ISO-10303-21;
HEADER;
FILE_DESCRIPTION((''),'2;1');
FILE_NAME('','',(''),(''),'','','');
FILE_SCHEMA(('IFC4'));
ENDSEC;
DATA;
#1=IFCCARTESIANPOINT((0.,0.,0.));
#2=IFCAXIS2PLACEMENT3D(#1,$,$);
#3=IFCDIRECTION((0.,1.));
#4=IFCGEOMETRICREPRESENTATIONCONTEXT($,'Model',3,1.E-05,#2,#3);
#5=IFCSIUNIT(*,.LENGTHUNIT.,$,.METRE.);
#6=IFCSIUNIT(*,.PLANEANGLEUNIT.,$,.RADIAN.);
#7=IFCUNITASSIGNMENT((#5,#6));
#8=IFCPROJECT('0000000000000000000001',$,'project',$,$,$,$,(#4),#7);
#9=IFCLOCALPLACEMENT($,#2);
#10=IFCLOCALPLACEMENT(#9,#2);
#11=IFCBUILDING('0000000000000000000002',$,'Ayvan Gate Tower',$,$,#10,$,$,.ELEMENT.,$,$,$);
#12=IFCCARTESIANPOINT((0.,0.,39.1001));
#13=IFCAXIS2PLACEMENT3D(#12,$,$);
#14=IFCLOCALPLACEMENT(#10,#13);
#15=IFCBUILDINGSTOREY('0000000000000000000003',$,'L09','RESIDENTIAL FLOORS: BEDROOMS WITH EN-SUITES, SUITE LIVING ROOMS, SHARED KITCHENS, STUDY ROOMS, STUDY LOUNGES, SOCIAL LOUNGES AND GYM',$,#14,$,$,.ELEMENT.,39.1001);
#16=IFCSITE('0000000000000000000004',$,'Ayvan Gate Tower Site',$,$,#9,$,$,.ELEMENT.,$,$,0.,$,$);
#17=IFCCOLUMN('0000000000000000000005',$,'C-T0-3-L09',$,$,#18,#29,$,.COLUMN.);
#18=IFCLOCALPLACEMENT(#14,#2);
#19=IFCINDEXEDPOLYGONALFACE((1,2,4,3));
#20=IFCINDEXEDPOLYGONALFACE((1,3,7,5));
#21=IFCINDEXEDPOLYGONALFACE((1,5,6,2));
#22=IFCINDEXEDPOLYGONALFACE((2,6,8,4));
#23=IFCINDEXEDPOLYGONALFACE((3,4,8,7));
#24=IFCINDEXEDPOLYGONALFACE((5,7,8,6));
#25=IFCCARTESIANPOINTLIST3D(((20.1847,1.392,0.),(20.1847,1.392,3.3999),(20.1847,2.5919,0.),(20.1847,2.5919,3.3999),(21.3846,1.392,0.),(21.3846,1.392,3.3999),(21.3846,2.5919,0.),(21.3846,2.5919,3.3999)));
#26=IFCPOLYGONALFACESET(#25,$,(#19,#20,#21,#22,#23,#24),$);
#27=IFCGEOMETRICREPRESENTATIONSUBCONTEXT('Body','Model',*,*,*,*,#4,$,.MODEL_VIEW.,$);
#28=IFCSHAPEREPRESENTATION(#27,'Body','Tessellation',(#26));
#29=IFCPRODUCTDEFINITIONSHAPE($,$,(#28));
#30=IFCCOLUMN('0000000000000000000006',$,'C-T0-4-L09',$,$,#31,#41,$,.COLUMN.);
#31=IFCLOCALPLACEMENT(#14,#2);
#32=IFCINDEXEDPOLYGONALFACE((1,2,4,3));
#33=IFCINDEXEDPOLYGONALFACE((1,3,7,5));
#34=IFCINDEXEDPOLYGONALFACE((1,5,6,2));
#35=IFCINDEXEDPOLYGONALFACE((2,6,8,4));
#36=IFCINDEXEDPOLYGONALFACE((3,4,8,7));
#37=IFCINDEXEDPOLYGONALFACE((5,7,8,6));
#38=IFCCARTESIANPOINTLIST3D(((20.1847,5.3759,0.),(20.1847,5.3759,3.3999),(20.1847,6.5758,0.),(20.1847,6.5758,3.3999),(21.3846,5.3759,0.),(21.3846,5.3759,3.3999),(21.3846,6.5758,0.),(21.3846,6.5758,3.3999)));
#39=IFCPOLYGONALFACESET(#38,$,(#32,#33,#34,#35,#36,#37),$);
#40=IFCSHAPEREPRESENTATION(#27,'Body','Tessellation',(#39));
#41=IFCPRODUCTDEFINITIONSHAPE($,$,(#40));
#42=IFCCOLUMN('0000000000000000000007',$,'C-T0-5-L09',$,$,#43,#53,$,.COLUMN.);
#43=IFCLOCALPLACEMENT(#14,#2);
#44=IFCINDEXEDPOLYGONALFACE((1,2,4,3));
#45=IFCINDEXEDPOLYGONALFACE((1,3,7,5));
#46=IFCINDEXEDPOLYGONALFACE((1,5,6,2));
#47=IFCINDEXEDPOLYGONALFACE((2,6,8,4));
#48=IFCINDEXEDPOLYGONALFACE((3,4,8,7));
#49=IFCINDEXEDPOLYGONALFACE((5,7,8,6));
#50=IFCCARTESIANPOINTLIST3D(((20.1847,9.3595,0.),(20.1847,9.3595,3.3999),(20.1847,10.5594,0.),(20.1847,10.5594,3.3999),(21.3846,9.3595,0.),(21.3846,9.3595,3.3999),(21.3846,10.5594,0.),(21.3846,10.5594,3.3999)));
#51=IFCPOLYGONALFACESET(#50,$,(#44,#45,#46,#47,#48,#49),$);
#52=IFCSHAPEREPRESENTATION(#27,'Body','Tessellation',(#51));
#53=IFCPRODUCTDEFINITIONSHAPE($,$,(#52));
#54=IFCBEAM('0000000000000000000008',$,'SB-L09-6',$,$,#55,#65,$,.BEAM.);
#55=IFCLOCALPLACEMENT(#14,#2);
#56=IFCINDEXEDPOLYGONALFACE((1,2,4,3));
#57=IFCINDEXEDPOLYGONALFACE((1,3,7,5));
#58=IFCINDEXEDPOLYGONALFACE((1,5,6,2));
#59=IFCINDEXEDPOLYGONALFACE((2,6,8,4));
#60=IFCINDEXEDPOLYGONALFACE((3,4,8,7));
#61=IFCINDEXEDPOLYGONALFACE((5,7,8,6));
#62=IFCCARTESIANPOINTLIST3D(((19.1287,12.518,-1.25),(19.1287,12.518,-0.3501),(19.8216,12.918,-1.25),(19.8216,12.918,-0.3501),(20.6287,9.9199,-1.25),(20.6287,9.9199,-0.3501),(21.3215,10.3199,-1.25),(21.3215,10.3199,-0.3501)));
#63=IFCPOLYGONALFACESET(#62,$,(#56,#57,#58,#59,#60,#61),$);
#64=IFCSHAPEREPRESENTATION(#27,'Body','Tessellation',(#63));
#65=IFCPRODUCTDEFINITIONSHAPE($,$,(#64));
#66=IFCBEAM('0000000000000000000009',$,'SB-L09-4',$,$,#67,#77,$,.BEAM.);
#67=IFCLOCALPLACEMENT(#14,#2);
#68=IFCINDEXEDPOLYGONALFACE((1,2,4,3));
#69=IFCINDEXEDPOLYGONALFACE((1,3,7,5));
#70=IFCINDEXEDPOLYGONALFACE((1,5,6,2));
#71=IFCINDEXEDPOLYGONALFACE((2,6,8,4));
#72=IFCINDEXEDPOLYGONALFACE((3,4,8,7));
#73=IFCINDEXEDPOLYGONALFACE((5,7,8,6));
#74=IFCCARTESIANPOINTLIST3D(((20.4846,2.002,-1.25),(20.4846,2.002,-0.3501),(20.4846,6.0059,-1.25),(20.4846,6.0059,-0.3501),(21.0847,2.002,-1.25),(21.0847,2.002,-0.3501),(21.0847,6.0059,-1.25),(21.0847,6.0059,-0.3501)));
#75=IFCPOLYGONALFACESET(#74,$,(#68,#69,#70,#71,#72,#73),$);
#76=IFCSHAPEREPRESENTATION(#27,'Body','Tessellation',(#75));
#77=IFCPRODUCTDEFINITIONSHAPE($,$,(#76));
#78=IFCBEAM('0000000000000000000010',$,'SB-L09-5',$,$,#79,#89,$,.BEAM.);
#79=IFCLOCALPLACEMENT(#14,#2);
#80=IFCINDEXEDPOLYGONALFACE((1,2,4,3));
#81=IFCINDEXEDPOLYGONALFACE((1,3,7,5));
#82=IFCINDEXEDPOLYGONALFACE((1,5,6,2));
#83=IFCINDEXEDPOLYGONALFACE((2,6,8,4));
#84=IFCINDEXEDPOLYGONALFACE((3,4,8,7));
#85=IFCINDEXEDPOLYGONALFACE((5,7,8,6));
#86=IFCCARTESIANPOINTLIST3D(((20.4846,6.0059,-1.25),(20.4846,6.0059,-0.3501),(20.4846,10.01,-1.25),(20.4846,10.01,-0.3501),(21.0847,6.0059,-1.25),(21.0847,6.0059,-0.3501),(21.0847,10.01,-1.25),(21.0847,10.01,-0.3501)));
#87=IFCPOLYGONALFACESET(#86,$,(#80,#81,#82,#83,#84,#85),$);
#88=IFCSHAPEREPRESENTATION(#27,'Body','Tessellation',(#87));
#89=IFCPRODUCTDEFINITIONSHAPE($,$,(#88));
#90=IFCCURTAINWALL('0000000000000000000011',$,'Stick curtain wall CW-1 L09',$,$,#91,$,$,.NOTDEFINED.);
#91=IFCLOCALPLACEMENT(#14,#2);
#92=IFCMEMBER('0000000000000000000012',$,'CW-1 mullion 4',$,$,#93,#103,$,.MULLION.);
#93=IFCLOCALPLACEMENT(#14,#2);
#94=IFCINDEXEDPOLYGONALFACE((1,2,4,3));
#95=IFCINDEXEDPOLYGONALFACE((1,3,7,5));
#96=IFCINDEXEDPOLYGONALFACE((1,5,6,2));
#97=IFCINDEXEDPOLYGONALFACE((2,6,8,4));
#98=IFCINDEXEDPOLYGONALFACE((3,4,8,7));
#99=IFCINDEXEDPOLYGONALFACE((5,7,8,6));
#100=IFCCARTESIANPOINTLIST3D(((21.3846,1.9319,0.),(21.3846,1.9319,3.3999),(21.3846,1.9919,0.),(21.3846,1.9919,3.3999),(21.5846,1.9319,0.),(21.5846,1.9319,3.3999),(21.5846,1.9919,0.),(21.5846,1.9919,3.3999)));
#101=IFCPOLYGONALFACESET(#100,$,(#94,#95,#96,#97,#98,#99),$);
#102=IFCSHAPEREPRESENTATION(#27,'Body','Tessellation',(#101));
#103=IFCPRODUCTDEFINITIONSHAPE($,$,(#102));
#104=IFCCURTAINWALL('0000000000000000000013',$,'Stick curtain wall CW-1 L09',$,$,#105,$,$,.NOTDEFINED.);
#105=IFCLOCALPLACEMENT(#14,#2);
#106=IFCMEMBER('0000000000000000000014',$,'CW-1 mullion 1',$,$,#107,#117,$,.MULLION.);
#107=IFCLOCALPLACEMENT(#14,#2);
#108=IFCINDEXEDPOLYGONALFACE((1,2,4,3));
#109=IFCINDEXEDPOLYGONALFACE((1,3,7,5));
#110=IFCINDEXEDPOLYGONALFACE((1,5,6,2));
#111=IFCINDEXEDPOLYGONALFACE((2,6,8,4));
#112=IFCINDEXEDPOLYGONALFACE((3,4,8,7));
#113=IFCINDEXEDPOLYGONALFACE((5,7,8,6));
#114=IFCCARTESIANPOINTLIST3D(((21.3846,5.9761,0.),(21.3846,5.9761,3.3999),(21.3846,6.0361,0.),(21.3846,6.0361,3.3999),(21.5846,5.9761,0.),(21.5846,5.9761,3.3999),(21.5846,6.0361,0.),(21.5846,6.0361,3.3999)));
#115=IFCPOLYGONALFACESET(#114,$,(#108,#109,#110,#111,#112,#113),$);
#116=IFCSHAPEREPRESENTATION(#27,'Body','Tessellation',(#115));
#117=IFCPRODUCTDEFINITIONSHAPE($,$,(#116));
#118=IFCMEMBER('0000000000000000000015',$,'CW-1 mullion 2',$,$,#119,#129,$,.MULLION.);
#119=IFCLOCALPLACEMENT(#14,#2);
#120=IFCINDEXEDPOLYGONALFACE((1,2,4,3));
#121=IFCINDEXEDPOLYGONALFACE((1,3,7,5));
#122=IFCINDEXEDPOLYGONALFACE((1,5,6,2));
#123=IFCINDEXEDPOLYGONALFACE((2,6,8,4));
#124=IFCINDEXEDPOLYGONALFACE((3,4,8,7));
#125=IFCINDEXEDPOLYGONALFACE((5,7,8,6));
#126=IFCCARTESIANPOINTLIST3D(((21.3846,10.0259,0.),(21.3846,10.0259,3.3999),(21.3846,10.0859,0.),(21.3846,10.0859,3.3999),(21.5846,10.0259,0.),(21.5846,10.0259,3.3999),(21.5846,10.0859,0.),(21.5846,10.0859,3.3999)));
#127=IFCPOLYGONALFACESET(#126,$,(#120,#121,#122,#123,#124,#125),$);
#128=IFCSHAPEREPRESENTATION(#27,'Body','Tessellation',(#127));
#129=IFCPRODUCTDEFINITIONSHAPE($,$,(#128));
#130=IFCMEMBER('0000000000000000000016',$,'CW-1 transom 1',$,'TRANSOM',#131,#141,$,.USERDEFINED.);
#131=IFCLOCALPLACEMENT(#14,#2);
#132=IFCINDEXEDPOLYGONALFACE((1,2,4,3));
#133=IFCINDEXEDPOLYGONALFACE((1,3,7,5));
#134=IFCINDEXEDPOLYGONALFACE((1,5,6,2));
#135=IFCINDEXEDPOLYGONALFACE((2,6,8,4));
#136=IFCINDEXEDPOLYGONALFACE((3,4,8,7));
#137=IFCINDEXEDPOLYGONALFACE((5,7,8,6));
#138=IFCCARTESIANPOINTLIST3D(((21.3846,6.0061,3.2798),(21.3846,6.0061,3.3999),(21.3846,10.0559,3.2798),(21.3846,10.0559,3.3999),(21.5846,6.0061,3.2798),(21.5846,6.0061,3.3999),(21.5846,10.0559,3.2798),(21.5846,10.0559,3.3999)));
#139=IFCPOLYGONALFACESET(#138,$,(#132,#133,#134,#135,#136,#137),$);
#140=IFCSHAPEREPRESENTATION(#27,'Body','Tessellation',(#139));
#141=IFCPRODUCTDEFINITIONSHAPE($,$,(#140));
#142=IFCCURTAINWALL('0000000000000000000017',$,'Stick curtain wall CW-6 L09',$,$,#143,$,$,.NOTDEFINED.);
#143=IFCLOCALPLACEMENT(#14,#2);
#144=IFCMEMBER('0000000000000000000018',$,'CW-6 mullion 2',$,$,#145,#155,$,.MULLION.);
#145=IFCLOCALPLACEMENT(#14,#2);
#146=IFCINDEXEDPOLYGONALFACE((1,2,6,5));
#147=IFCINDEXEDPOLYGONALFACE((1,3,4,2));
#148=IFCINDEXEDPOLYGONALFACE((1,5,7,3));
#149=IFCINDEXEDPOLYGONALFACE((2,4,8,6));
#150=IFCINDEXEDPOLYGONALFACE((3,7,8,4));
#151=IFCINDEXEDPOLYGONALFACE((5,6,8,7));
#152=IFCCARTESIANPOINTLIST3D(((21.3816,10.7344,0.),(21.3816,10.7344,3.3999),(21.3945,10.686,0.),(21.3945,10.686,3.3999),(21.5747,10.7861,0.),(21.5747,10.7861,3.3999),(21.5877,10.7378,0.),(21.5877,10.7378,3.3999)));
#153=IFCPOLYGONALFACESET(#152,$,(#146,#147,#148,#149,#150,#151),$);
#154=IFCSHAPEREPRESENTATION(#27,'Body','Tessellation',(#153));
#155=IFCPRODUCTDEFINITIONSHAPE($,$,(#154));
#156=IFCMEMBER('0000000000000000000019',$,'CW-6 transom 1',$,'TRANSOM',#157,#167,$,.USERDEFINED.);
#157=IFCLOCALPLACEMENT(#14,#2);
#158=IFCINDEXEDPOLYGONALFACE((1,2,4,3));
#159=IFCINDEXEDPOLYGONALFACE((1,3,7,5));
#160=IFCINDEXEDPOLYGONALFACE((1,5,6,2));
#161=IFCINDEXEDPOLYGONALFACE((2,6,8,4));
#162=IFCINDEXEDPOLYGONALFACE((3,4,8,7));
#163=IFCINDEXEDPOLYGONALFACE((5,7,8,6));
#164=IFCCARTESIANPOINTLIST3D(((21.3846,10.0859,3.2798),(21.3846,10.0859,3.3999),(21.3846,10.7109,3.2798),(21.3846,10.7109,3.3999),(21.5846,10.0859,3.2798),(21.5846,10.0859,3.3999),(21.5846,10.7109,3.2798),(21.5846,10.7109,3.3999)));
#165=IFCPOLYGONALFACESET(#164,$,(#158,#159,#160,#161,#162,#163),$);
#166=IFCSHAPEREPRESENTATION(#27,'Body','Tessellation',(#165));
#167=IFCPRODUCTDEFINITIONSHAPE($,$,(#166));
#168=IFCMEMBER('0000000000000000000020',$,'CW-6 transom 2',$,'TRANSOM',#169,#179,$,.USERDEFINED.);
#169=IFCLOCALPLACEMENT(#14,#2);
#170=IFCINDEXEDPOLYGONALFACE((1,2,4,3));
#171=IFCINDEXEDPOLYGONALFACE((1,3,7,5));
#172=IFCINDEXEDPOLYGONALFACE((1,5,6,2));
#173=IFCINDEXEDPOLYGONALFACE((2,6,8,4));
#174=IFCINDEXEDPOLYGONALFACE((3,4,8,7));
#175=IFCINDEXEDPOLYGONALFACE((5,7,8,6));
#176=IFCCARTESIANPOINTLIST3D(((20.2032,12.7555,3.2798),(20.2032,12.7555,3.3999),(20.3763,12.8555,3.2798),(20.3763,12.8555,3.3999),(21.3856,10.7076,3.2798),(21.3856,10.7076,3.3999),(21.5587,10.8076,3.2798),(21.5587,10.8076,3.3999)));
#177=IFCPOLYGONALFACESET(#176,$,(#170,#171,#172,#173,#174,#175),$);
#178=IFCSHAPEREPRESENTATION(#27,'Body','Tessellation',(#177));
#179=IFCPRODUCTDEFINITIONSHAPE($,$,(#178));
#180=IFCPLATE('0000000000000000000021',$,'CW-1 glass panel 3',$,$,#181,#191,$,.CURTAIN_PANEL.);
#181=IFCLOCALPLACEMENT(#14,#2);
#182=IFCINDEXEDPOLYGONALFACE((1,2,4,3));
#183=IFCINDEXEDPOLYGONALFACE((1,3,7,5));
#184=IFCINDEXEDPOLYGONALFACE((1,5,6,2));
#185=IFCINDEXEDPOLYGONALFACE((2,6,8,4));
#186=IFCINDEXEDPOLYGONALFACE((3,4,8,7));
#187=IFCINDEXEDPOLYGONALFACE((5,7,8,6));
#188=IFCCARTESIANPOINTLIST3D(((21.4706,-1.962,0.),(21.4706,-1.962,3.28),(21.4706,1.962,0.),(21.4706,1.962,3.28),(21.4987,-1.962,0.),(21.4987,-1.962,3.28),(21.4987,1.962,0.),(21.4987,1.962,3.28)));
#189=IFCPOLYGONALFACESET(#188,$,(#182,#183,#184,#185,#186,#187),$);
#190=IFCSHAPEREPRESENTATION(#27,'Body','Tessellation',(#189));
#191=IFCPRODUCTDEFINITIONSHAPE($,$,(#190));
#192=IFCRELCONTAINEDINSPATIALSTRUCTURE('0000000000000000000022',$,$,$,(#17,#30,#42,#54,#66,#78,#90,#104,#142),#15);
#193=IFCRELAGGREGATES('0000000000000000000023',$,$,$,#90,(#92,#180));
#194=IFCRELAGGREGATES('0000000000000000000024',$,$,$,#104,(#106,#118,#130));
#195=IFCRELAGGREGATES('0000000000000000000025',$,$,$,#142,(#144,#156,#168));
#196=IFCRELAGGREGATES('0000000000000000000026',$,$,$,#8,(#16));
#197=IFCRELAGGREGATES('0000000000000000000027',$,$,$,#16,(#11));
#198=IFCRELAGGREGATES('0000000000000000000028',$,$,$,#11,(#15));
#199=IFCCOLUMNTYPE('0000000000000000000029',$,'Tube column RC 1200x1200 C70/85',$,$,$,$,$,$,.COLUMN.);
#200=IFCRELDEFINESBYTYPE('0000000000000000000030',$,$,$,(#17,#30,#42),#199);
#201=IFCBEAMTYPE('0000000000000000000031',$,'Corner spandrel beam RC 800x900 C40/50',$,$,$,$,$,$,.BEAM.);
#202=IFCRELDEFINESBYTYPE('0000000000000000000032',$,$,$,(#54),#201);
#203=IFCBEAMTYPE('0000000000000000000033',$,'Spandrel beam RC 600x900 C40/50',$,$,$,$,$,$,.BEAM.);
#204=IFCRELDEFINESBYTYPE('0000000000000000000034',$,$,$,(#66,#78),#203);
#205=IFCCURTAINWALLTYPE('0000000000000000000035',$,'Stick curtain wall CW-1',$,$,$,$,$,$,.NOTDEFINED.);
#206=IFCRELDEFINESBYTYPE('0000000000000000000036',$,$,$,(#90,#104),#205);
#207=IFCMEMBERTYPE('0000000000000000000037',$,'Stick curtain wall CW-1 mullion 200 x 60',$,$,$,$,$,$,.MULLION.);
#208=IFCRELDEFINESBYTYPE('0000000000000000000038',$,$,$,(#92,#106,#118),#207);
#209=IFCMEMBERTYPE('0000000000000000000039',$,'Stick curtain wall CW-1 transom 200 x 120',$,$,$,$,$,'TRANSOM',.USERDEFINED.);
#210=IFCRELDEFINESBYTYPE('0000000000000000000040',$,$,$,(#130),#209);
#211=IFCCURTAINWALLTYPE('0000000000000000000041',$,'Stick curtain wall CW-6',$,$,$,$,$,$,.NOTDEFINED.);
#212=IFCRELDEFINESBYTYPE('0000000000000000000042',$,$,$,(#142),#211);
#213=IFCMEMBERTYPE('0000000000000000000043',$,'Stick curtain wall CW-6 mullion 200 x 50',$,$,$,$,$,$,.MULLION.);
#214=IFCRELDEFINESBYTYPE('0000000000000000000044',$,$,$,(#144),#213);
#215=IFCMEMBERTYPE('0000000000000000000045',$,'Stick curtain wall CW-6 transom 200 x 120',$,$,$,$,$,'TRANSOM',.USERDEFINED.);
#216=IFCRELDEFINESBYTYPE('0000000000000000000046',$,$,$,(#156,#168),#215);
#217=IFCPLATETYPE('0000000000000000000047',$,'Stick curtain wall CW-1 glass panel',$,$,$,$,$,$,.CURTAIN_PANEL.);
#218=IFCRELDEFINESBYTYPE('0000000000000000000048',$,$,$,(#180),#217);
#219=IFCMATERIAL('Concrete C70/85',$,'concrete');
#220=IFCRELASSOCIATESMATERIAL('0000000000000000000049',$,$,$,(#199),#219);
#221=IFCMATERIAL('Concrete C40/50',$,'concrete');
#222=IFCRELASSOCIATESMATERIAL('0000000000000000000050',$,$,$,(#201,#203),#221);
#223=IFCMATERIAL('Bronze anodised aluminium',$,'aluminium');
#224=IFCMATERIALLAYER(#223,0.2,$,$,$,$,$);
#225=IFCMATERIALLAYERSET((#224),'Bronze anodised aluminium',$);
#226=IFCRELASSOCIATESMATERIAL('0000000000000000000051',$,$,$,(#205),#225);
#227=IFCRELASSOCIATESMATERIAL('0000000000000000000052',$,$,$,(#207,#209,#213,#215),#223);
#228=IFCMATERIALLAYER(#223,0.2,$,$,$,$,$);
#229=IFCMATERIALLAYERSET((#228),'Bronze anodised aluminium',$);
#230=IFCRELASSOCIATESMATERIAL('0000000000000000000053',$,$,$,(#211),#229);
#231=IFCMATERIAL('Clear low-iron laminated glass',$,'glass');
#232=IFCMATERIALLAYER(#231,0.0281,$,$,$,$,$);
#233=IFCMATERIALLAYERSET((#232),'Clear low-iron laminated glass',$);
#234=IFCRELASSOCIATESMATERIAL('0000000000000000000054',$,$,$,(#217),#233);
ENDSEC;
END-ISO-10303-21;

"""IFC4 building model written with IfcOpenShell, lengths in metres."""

from ifc_helpers import new_model, si_unit, direction, frame, origin, origin_2d, place, context, subcontext, project, spatial, rectangle, extrude, material, layer, layer_set, material_profile, profile_set, type_object, element, aggregate, save


model = new_model("IFC4")

# Units and contexts
model_context = context("Model", 3, precision=1e-05, world=origin(), true_north=direction((0.0, 1.0)))
body_context = subcontext(model_context, "Body", "Model", "MODEL_VIEW")
ifc_project = project(units=[si_unit("LENGTHUNIT", "METRE"), si_unit("PLANEANGLEUNIT", "RADIAN")], contexts=[model_context])

# Site, building, storey
site_placement = place(None, origin())
site = spatial("IfcSite", under=ifc_project, at=site_placement, Name="Ayvan Gate Tower Site", CompositionType="ELEMENT", RefElevation=0.0)
building_placement = place(site_placement, origin())
building = spatial("IfcBuilding", under=site, at=building_placement, Name="Ayvan Gate Tower", CompositionType="ELEMENT")
storey_placement = place(building_placement, frame((0.0, 0.0, 39.1001)))
storey = spatial("IfcBuildingStorey", under=building, at=storey_placement, Name="L09", Description="RESIDENTIAL FLOORS: BEDROOMS WITH EN-SUITES, SUITE LIVING ROOMS, SHARED KITCHENS, STUDY ROOMS, STUDY LOUNGES, SOCIAL LOUNGES AND GYM", CompositionType="ELEMENT", Elevation=39.1001)

# Columns
ifc_material_1 = material(Name="Concrete C70/85", Category="concrete")
ifc_material_profile_1 = material_profile(ifc_material_1, rectangle(XDim=1.2, YDim=1.2, at=origin_2d()), Name="RC 1200x1200")
ifc_profile_set_1 = profile_set([ifc_material_profile_1], Name="Concrete C70/85")
column_type = type_object("IfcColumnType", Name="Tube column RC 1200x1200 C70/85", PredefinedType="COLUMN", material=ifc_profile_set_1)
for number, where, z_axis, x_axis, name in (
    (1, (20.7847, 1.9919, 0.0), (0.0, 0.0, 1.0), (1.0, 0.0, 0.0), "C-T0-3-L09"),
    (2, (20.7847, 5.9758, 0.0), (0.0, 0.0, 1.0), (1.0, 0.0, 0.0), "C-T0-4-L09"),
    (3, (20.7847, 9.9595, 0.0), (0.0, 0.0, 1.0), (1.0, 0.0, 0.0), "C-T0-5-L09"),
):
    element("IfcColumn", number, at=place(storey_placement, frame(where, z_axis=z_axis, x_axis=x_axis)), inside=storey, type_object=column_type, Name=name, PredefinedType="COLUMN", context=body_context, shape_type="SweptSolid", body=[
        extrude(rectangle(XDim=1.2, YDim=1.2, at=origin_2d()), origin(), (0.0, 0.0, 1.0), 3.3999),
    ])

# Beams
ifc_material_2 = material(Name="Concrete C40/50", Category="concrete")
ifc_material_profile_2 = material_profile(ifc_material_2, rectangle(XDim=0.8, YDim=0.8999, at=origin_2d()), Name="RC 800x900")
ifc_profile_set_2 = profile_set([ifc_material_profile_2], Name="Concrete C40/50")
beam_type_1 = type_object("IfcBeamType", Name="Corner spandrel beam RC 800x900 C40/50", PredefinedType="BEAM", material=ifc_profile_set_2)
beam_1_placement = place(storey_placement, frame((20.9751, 10.1199, -0.8), z_axis=(-0.49999, 0.866031, 0.0), x_axis=(-0.866031, -0.49999, 0.0)))
element("IfcBeam", 4, at=beam_1_placement, inside=storey, type_object=beam_type_1, Name="SB-L09-6", PredefinedType="BEAM", context=body_context, shape_type="SweptSolid", body=[
    extrude(rectangle(XDim=0.8, YDim=0.8999, at=origin_2d()), origin(), (0.0, 0.0, 1.0), 3.0),
])
ifc_material_profile_3 = material_profile(ifc_material_2, rectangle(XDim=0.6001, YDim=0.8999, at=origin_2d()), Name="RC 600x900")
ifc_profile_set_3 = profile_set([ifc_material_profile_3], Name="Concrete C40/50")
beam_type_2 = type_object("IfcBeamType", Name="Spandrel beam RC 600x900 C40/50", PredefinedType="BEAM", material=ifc_profile_set_3)
beam_2_placement = place(storey_placement, frame((20.7847, 2.002, -0.8), z_axis=(0.0, 1.0, 0.0), x_axis=(-1.0, 0.0, 0.0)))
element("IfcBeam", 5, at=beam_2_placement, inside=storey, type_object=beam_type_2, Name="SB-L09-4", PredefinedType="BEAM", context=body_context, shape_type="SweptSolid", body=[
    extrude(rectangle(XDim=0.6001, YDim=0.8999, at=origin_2d()), origin(), (0.0, 0.0, 1.0), 4.0039),
])
beam_3_placement = place(storey_placement, frame((20.7847, 6.0059, -0.8), z_axis=(0.0, 1.0, 0.0), x_axis=(-1.0, 0.0, 0.0)))
element("IfcBeam", 6, at=beam_3_placement, inside=storey, type_object=beam_type_2, Name="SB-L09-5", PredefinedType="BEAM", context=body_context, shape_type="SweptSolid", body=[
    extrude(rectangle(XDim=0.6001, YDim=0.8999, at=origin_2d()), origin(), (0.0, 0.0, 1.0), 4.0042),
])

# Curtain wall, member
ifc_material_3 = material(Name="Bronze anodised aluminium", Category="aluminium")
ifc_layer_1 = layer(ifc_material_3, 0.2)
ifc_layer_set_1 = layer_set([ifc_layer_1], Name="Bronze anodised aluminium")
curtain_wall_type_1 = type_object("IfcCurtainWallType", Name="Stick curtain wall CW-1", PredefinedType="NOTDEFINED", material=ifc_layer_set_1)
curtain_wall_1_placement = place(storey_placement, origin())
curtain_wall_1 = element("IfcCurtainWall", 7, at=curtain_wall_1_placement, inside=storey, type_object=curtain_wall_type_1, Name="Stick curtain wall CW-1 L09", PredefinedType="NOTDEFINED")
ifc_material_profile_4 = material_profile(ifc_material_3, rectangle(XDim=0.2, YDim=0.0601, at=origin_2d()), Name="Stick curtain wall CW-1 mullion 200 x 60")
ifc_profile_set_4 = profile_set([ifc_material_profile_4], Name="Bronze anodised aluminium")
member_type_1 = type_object("IfcMemberType", Name="Stick curtain wall CW-1 mullion 200 x 60", PredefinedType="MULLION", material=ifc_profile_set_4)
member_1_placement = place(storey_placement, frame((21.4846, 1.9619, 0.0), z_axis=(0.0, 0.0, 1.0), x_axis=(1.0, 0.0, 0.0)))
member_1 = element("IfcMember", 8, at=member_1_placement, type_object=member_type_1, Name="CW-1 mullion 4", PredefinedType="MULLION", context=body_context, shape_type="SweptSolid", body=[
    extrude(rectangle(XDim=0.2, YDim=0.0601, at=origin_2d()), origin(), (0.0, 0.0, 1.0), 3.3999),
])

# Curtain walls, members
curtain_wall_2_placement = place(storey_placement, origin())
curtain_wall_2 = element("IfcCurtainWall", 9, at=curtain_wall_2_placement, inside=storey, type_object=curtain_wall_type_1, Name="Stick curtain wall CW-1 L09", PredefinedType="NOTDEFINED")
member_2_placement = place(storey_placement, frame((21.4846, 6.0061, 0.0), z_axis=(0.0, 0.0, 1.0), x_axis=(1.0, 0.0, 0.0)))
member_2 = element("IfcMember", 10, at=member_2_placement, type_object=member_type_1, Name="CW-1 mullion 1", PredefinedType="MULLION", context=body_context, shape_type="SweptSolid", body=[
    extrude(rectangle(XDim=0.2, YDim=0.0601, at=origin_2d()), origin(), (0.0, 0.0, 1.0), 3.3999),
])
member_3_placement = place(storey_placement, frame((21.4846, 10.0559, 0.0), z_axis=(0.0, 0.0, 1.0), x_axis=(1.0, 0.0, 0.0)))
member_3 = element("IfcMember", 11, at=member_3_placement, type_object=member_type_1, Name="CW-1 mullion 2", PredefinedType="MULLION", context=body_context, shape_type="SweptSolid", body=[
    extrude(rectangle(XDim=0.2, YDim=0.0601, at=origin_2d()), origin(), (0.0, 0.0, 1.0), 3.3999),
])
ifc_material_profile_5 = material_profile(ifc_material_3, rectangle(XDim=0.2, YDim=0.1201, at=origin_2d()), Name="Stick curtain wall CW-1 transom 200 x 120")
ifc_profile_set_5 = profile_set([ifc_material_profile_5], Name="Bronze anodised aluminium")
member_type_2 = type_object("IfcMemberType", Name="Stick curtain wall CW-1 transom 200 x 120", ElementType="TRANSOM", PredefinedType="USERDEFINED", material=ifc_profile_set_5)
member_4_placement = place(storey_placement, frame((21.4846, 6.0061, 3.3398), z_axis=(0.0, 1.0, 0.0), x_axis=(-1.0, 0.0, 0.0)))
member_4 = element("IfcMember", 12, at=member_4_placement, type_object=member_type_2, Name="CW-1 transom 1", ObjectType="TRANSOM", PredefinedType="USERDEFINED", context=body_context, shape_type="SweptSolid", body=[
    extrude(rectangle(XDim=0.2, YDim=0.1201, at=origin_2d()), origin(), (0.0, 0.0, 1.0), 4.0498),
])
ifc_layer_2 = layer(ifc_material_3, 0.2)
ifc_layer_set_2 = layer_set([ifc_layer_2], Name="Bronze anodised aluminium")
curtain_wall_type_2 = type_object("IfcCurtainWallType", Name="Stick curtain wall CW-6", PredefinedType="NOTDEFINED", material=ifc_layer_set_2)
curtain_wall_3_placement = place(storey_placement, origin())
curtain_wall_3 = element("IfcCurtainWall", 13, at=curtain_wall_3_placement, inside=storey, type_object=curtain_wall_type_2, Name="Stick curtain wall CW-6 L09", PredefinedType="NOTDEFINED")
ifc_material_profile_6 = material_profile(ifc_material_3, rectangle(XDim=0.2, YDim=0.05, at=origin_2d()), Name="Stick curtain wall CW-6 mullion 200 x 50")
ifc_profile_set_6 = profile_set([ifc_material_profile_6], Name="Bronze anodised aluminium")
member_type_3 = type_object("IfcMemberType", Name="Stick curtain wall CW-6 mullion 200 x 50", PredefinedType="MULLION", material=ifc_profile_set_6)
member_5_placement = place(storey_placement, frame((21.4846, 10.7361, 0.0), z_axis=(0.0, 0.0, 1.0), x_axis=(0.965926, 0.258819, 0.0)))
member_5 = element("IfcMember", 14, at=member_5_placement, type_object=member_type_3, Name="CW-6 mullion 2", PredefinedType="MULLION", context=body_context, shape_type="SweptSolid", body=[
    extrude(rectangle(XDim=0.2, YDim=0.05, at=origin_2d()), origin(), (0.0, 0.0, 1.0), 3.3999),
])
ifc_material_profile_7 = material_profile(ifc_material_3, rectangle(XDim=0.2, YDim=0.1201, at=origin_2d()), Name="Stick curtain wall CW-6 transom 200 x 120")
ifc_profile_set_7 = profile_set([ifc_material_profile_7], Name="Bronze anodised aluminium")
member_type_4 = type_object("IfcMemberType", Name="Stick curtain wall CW-6 transom 200 x 120", ElementType="TRANSOM", PredefinedType="USERDEFINED", material=ifc_profile_set_7)
member_6_placement = place(storey_placement, frame((21.4846, 10.0859, 3.3398), z_axis=(0.0, 1.0, 0.0), x_axis=(-1.0, 0.0, 0.0)))
member_6 = element("IfcMember", 15, at=member_6_placement, type_object=member_type_4, Name="CW-6 transom 1", ObjectType="TRANSOM", PredefinedType="USERDEFINED", context=body_context, shape_type="SweptSolid", body=[
    extrude(rectangle(XDim=0.2, YDim=0.1201, at=origin_2d()), origin(), (0.0, 0.0, 1.0), 0.625),
])
member_7_placement = place(storey_placement, frame((21.4722, 10.7576, 3.3398), z_axis=(-0.500014, 0.866017, 0.0), x_axis=(-0.866017, -0.500014, 0.0)))
member_7 = element("IfcMember", 16, at=member_7_placement, type_object=member_type_4, Name="CW-6 transom 2", ObjectType="TRANSOM", PredefinedType="USERDEFINED", context=body_context, shape_type="SweptSolid", body=[
    extrude(rectangle(XDim=0.2, YDim=0.1201, at=origin_2d()), origin(), (0.0, 0.0, 1.0), 2.3647),
])

# Plate
ifc_material_4 = material(Name="Clear low-iron laminated glass", Category="glass")
ifc_layer_3 = layer(ifc_material_4, 0.0281)
ifc_layer_set_3 = layer_set([ifc_layer_3], Name="Clear low-iron laminated glass")
plate_type_1 = type_object("IfcPlateType", Name="Stick curtain wall CW-1 glass panel", PredefinedType="CURTAIN_PANEL", material=ifc_layer_set_3)
plate_1_placement = place(storey_placement, frame((21.4846, 0.0, 0.0), z_axis=(0.0, 0.0, 1.0), x_axis=(0.0, 1.0, 0.0)))
plate_1 = element("IfcPlate", 17, at=plate_1_placement, type_object=plate_type_1, Name="CW-1 glass panel 3", PredefinedType="CURTAIN_PANEL", context=body_context, shape_type="SweptSolid", body=[
    extrude(rectangle(XDim=3.9241, YDim=0.0281, at=origin_2d()), origin(), (0.0, 0.0, 1.0), 3.28),
])
aggregate(curtain_wall_1, [member_1, plate_1])
aggregate(curtain_wall_2, [member_2, member_3, member_4])
aggregate(curtain_wall_3, [member_5, member_6, member_7])

save(model, "model.ifc")
